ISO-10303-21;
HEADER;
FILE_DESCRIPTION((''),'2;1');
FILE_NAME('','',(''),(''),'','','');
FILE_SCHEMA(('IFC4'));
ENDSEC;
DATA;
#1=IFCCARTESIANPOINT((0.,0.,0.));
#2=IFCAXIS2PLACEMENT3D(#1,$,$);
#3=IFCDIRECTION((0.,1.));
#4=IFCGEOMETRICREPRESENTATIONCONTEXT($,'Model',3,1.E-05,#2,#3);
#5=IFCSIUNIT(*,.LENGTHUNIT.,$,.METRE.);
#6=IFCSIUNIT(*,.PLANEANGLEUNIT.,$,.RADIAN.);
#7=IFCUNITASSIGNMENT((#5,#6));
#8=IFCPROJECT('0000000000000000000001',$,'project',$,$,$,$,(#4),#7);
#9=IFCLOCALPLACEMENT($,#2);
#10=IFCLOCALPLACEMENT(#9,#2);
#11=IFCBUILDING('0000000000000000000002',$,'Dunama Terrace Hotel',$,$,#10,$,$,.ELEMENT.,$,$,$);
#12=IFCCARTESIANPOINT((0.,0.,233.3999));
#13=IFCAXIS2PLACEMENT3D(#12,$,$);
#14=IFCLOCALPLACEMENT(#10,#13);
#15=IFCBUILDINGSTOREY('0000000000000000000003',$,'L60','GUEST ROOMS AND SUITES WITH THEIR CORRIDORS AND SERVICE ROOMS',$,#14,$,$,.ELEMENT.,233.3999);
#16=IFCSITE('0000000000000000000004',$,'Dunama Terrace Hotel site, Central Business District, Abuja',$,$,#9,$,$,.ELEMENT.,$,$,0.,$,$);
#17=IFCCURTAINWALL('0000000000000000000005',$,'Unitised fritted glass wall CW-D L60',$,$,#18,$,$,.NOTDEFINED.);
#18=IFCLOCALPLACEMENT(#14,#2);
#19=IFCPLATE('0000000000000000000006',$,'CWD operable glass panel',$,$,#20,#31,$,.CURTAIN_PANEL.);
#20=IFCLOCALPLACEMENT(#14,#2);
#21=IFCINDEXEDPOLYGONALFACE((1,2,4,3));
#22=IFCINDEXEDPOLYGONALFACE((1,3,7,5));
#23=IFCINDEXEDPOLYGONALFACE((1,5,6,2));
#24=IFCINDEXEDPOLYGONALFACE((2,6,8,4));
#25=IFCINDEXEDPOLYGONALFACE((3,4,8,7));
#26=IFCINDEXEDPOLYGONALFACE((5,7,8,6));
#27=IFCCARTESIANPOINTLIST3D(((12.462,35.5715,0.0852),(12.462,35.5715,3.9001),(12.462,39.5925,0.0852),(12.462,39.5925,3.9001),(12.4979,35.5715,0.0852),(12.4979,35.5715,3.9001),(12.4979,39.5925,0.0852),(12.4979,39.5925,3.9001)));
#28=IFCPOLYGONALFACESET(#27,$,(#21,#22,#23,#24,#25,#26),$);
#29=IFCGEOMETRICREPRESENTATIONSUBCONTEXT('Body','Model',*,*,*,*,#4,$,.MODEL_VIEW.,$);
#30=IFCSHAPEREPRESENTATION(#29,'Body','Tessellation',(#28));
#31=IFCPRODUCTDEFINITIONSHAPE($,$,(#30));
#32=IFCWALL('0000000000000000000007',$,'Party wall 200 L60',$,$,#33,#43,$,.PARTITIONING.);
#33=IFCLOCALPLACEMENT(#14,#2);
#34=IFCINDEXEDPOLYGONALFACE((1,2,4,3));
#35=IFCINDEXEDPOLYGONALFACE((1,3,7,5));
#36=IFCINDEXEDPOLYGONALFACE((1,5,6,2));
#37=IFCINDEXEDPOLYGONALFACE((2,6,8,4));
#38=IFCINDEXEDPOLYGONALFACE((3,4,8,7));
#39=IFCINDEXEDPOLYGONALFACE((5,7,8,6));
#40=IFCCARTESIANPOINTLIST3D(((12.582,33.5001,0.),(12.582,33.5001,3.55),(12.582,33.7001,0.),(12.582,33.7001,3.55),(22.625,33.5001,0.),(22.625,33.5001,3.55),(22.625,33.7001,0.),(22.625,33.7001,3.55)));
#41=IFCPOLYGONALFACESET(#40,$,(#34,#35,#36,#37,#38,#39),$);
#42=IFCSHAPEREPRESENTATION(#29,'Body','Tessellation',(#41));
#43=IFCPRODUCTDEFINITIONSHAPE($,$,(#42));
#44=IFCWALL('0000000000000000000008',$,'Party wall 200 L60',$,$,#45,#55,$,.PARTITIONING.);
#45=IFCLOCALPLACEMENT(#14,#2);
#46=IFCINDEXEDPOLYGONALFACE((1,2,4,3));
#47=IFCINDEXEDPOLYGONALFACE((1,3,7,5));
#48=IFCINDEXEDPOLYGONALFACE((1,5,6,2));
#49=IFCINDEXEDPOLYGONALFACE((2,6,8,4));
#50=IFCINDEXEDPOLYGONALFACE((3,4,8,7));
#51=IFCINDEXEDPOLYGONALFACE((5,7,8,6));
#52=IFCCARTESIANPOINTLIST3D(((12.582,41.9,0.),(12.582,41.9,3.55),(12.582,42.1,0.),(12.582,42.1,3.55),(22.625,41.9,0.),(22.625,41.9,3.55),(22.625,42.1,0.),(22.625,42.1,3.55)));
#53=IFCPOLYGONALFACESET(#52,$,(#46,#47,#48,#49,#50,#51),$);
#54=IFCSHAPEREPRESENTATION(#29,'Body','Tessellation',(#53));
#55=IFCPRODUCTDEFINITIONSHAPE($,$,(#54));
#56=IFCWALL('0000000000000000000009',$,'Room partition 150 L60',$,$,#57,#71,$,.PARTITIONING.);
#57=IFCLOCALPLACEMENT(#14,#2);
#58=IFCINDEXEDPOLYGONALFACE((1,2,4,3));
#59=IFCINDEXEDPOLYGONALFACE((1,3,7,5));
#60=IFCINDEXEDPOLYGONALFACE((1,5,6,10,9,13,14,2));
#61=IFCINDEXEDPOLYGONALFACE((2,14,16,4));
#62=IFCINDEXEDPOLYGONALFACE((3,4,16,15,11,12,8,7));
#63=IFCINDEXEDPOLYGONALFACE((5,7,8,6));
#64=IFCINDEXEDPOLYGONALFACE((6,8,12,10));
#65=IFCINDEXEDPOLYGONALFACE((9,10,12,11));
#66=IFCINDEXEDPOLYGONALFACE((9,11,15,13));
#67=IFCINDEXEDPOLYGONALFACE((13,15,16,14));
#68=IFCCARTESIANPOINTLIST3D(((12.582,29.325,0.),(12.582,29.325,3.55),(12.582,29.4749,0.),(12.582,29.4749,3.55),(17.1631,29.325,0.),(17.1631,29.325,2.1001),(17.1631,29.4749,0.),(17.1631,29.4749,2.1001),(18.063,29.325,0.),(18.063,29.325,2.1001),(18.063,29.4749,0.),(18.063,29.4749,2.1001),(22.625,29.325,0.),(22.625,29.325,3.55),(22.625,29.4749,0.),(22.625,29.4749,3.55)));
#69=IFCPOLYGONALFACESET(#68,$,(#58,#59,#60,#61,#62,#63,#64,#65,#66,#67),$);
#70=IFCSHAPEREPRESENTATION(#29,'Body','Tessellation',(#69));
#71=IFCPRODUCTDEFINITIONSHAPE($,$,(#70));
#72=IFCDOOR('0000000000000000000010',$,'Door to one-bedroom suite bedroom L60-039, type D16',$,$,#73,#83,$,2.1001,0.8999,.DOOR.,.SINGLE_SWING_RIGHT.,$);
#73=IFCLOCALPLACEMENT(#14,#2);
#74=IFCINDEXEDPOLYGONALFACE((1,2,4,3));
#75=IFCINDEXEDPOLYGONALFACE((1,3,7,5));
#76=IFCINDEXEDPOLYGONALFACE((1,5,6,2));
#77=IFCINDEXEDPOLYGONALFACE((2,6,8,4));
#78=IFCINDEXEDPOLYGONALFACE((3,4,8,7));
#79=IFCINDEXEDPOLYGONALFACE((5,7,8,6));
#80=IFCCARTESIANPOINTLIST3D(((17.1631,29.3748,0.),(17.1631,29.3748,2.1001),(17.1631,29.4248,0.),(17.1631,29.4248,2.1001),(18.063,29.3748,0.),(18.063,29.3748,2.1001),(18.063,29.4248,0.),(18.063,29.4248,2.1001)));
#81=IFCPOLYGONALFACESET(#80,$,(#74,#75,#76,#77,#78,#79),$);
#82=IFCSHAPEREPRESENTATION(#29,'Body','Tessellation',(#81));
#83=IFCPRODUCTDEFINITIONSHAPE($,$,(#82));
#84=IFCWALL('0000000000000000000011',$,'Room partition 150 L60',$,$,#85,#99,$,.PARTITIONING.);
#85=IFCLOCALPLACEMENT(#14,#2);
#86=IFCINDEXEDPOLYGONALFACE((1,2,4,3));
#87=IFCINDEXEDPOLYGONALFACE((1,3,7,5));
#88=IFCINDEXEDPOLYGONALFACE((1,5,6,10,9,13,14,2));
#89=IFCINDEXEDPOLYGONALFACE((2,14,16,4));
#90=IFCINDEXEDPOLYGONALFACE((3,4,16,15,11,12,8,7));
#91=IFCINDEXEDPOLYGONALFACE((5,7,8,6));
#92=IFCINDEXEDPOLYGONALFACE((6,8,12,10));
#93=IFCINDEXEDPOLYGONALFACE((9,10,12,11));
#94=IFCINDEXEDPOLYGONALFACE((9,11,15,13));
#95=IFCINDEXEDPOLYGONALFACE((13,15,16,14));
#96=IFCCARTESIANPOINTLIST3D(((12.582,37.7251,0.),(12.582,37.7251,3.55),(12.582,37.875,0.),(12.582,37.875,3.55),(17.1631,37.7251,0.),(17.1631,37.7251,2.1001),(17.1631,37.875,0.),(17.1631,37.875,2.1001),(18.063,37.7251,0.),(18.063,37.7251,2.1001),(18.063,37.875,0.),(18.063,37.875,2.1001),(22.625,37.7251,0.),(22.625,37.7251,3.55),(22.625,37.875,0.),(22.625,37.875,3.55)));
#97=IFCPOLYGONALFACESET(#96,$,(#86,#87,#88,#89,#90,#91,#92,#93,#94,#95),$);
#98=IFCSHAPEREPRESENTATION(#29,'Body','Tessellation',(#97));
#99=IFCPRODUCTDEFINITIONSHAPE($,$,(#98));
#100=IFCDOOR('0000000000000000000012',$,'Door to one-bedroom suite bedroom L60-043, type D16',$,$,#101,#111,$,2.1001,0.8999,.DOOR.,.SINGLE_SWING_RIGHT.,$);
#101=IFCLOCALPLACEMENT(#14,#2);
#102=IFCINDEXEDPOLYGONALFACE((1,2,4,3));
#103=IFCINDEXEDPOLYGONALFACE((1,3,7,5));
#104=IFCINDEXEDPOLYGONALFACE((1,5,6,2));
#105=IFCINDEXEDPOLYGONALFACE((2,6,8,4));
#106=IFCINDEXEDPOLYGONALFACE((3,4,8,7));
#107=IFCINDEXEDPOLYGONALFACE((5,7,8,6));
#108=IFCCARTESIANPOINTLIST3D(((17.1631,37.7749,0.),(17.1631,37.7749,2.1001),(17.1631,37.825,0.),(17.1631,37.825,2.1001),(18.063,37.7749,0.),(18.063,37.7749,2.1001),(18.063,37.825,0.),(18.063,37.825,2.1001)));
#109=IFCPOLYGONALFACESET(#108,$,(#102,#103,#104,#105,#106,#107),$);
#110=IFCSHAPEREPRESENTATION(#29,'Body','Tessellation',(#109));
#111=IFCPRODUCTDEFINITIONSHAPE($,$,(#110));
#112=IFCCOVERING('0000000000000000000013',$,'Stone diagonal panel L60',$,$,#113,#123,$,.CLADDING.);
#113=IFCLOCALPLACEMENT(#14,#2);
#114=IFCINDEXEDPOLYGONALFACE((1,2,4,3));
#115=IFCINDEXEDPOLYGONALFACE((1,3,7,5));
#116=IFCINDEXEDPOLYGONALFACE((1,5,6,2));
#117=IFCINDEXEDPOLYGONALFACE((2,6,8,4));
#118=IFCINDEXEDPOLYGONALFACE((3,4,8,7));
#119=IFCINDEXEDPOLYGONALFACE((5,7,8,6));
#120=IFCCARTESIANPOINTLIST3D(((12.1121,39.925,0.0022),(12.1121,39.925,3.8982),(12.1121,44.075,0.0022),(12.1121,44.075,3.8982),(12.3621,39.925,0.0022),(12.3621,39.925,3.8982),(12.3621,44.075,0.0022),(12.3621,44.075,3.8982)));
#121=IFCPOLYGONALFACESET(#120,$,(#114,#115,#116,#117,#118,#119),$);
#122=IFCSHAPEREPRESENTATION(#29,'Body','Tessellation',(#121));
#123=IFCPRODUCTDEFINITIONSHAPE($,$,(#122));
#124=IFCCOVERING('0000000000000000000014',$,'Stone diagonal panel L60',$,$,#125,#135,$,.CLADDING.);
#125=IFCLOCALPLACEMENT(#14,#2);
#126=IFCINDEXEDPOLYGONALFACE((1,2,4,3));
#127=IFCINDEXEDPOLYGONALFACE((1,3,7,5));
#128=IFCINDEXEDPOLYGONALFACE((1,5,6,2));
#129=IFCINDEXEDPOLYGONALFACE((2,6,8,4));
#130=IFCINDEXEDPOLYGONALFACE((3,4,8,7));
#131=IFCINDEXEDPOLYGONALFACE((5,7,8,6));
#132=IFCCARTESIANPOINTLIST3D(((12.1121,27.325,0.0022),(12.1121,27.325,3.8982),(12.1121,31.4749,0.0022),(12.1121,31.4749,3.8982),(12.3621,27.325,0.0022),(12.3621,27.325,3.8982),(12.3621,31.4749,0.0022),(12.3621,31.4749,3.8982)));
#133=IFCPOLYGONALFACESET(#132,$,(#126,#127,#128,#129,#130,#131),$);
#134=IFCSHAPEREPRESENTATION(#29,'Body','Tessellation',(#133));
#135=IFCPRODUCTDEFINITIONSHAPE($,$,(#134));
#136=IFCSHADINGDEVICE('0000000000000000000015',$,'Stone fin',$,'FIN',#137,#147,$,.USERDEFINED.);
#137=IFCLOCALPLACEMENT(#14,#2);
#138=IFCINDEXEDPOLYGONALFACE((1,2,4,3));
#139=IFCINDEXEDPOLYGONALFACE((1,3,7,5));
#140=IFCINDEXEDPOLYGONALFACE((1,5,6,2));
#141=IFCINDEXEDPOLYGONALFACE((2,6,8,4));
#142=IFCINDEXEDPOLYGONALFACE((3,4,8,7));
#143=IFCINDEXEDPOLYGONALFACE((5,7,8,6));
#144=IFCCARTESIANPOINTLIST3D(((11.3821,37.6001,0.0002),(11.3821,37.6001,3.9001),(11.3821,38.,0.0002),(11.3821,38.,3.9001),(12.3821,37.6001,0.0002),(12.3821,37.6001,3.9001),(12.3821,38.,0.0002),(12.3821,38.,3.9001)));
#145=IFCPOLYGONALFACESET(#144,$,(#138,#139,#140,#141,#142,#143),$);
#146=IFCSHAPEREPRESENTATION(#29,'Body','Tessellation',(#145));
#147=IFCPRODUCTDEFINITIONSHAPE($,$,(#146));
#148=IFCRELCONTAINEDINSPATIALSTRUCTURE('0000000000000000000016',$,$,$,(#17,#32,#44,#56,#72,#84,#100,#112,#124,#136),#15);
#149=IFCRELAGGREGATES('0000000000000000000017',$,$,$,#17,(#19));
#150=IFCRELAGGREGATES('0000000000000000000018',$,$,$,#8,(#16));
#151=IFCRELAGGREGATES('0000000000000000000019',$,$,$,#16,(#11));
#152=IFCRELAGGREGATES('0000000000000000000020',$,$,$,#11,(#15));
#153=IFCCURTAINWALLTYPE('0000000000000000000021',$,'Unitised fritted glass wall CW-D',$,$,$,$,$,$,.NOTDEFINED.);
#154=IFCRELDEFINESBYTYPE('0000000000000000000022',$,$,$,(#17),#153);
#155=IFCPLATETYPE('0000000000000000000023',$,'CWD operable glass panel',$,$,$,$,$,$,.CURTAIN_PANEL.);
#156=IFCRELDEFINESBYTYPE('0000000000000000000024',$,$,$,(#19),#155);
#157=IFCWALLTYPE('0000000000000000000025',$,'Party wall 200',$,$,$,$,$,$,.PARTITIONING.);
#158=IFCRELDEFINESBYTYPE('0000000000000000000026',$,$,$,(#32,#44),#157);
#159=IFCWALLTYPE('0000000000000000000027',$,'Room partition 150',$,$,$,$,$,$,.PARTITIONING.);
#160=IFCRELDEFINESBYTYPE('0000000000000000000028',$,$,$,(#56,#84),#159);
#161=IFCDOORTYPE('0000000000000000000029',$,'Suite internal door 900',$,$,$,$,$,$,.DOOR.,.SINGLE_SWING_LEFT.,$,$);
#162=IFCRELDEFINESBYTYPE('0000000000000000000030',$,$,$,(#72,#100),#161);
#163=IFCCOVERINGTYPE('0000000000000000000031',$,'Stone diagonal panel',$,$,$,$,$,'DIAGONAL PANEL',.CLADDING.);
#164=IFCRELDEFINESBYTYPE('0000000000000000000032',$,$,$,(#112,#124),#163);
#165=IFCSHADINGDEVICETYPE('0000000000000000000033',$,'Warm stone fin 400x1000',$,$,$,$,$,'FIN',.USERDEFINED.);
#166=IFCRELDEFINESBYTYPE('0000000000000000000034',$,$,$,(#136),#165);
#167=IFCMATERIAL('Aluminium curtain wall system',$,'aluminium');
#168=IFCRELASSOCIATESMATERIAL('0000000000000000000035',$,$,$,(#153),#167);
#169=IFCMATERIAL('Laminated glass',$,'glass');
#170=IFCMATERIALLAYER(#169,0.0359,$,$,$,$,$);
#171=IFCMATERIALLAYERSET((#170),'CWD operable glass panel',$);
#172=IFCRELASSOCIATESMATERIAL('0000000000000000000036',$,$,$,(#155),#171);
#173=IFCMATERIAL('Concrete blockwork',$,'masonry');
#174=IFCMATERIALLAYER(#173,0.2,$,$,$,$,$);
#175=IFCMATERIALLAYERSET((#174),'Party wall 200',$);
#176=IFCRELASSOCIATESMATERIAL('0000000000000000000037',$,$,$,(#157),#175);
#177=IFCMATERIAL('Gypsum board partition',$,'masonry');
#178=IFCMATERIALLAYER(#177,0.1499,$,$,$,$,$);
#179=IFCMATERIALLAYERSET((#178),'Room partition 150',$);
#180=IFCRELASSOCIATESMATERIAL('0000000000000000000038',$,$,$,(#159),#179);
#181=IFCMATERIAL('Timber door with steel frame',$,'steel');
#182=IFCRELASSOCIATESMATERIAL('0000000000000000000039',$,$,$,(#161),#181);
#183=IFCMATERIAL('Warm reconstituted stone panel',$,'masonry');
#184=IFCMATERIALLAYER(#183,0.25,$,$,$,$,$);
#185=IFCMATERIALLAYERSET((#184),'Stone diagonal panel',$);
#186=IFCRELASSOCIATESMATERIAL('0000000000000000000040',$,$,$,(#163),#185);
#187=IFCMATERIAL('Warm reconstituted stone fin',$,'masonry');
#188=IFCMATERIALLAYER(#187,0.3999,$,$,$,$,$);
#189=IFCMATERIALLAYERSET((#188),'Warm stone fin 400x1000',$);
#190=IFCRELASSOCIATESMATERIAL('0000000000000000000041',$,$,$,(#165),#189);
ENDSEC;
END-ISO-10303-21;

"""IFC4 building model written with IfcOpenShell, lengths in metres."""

from ifc_helpers import new_model, si_unit, direction, frame, frame_2d, origin, origin_2d, place, context, subcontext, project, spatial, rectangle, extrude, material, layer, layer_set, type_object, element, fill, aggregate, save


model = new_model("IFC4")

# Units and contexts
model_context = context("Model", 3, precision=1e-05, world=origin(), true_north=direction((0.0, 1.0)))
body_context = subcontext(model_context, "Body", "Model", "MODEL_VIEW")
ifc_project = project(units=[si_unit("LENGTHUNIT", "METRE"), si_unit("PLANEANGLEUNIT", "RADIAN")], contexts=[model_context])

# Site, building, storey
site_placement = place(None, origin())
site = spatial("IfcSite", under=ifc_project, at=site_placement, Name="Dunama Terrace Hotel site, Central Business District, Abuja", CompositionType="ELEMENT", RefElevation=0.0)
building_placement = place(site_placement, origin())
building = spatial("IfcBuilding", under=site, at=building_placement, Name="Dunama Terrace Hotel", CompositionType="ELEMENT")
storey_placement = place(building_placement, frame((0.0, 0.0, 233.3999)))
storey = spatial("IfcBuildingStorey", under=building, at=storey_placement, Name="L60", Description="GUEST ROOMS AND SUITES WITH THEIR CORRIDORS AND SERVICE ROOMS", CompositionType="ELEMENT", Elevation=233.3999)

# Curtain wall
ifc_material_1 = material(Name="Aluminium curtain wall system", Category="aluminium")
curtain_wall_type = type_object("IfcCurtainWallType", Name="Unitised fritted glass wall CW-D", PredefinedType="NOTDEFINED", material=ifc_material_1)
curtain_wall_placement = place(storey_placement, origin())
curtain_wall = element("IfcCurtainWall", 1, at=curtain_wall_placement, inside=storey, type_object=curtain_wall_type, Name="Unitised fritted glass wall CW-D L60", PredefinedType="NOTDEFINED")

# Plate
ifc_material_2 = material(Name="Laminated glass", Category="glass")
ifc_layer_1 = layer(ifc_material_2, 0.0359)
ifc_layer_set_1 = layer_set([ifc_layer_1], Name="CWD operable glass panel")
plate_type_1 = type_object("IfcPlateType", Name="CWD operable glass panel", PredefinedType="CURTAIN_PANEL", material=ifc_layer_set_1)
plate_1_placement = place(storey_placement, frame((12.48, 37.582, 0.0852), z_axis=(0.0, 0.0, 1.0), x_axis=(0.0, -1.0, 0.0)))
plate_1 = element("IfcPlate", 2, at=plate_1_placement, type_object=plate_type_1, Name="CWD operable glass panel", PredefinedType="CURTAIN_PANEL", context=body_context, shape_type="SweptSolid", body=[
    extrude(rectangle(XDim=4.021, YDim=0.0359, at=origin_2d()), origin(), (0.0, 0.0, 1.0), 3.8149),
])
aggregate(curtain_wall, [plate_1])

# Walls
ifc_material_3 = material(Name="Concrete blockwork", Category="masonry")
ifc_layer_2 = layer(ifc_material_3, 0.2)
ifc_layer_set_2 = layer_set([ifc_layer_2], Name="Party wall 200")
wall_type_1 = type_object("IfcWallType", Name="Party wall 200", PredefinedType="PARTITIONING", material=ifc_layer_set_2)
for number, where, z_axis, x_axis, name in (
    (3, (12.582, 33.6001, 0.0), (0.0, 0.0, 1.0), (1.0, 0.0, 0.0), "Party wall 200 L60"),
    (4, (12.582, 42.0, 0.0), (0.0, 0.0, 1.0), (1.0, 0.0, 0.0), "Party wall 200 L60"),
):
    element("IfcWall", number, at=place(storey_placement, frame(where, z_axis=z_axis, x_axis=x_axis)), inside=storey, type_object=wall_type_1, Name=name, PredefinedType="PARTITIONING", context=body_context, shape_type="SweptSolid", body=[
        extrude(rectangle(XDim=10.043, YDim=0.2, at=frame_2d((5.0215, 0.0))), origin(), (0.0, 0.0, 1.0), 3.55),
    ])

# Walls, openings, doors
ifc_material_4 = material(Name="Gypsum board partition", Category="masonry")
ifc_layer_3 = layer(ifc_material_4, 0.1499)
ifc_layer_set_3 = layer_set([ifc_layer_3], Name="Room partition 150")
wall_type_2 = type_object("IfcWallType", Name="Room partition 150", PredefinedType="PARTITIONING", material=ifc_layer_set_3)
wall_1_placement = place(storey_placement, frame((12.582, 29.3999, 0.0), z_axis=(0.0, 0.0, 1.0), x_axis=(1.0, 0.0, 0.0)))
wall_1 = element("IfcWall", 5, at=wall_1_placement, inside=storey, type_object=wall_type_2, Name="Room partition 150 L60", PredefinedType="PARTITIONING", context=body_context, shape_type="SweptSolid", body=[
    extrude(rectangle(XDim=10.043, YDim=0.1499, at=frame_2d((5.0215, 0.0))), origin(), (0.0, 0.0, 1.0), 3.55),
])
opening_1_placement = place(wall_1_placement, frame((4.5811, 0.0, 0.0)))
opening_1 = element("IfcOpeningElement", 6, at=opening_1_placement, cuts=wall_1, PredefinedType="OPENING", context=body_context, shape_type="SweptSolid", body=[
    extrude(rectangle(XDim=0.8999, YDim=2.1001, at=frame_2d((0.45, 1.05))), frame((0.0, 0.085, 0.0), z_axis=(0.0, -1.0, 0.0), x_axis=(1.0, 0.0, 0.0)), (0.0, 0.0, 1.0), 0.1699),
])
ifc_material_5 = material(Name="Timber door with steel frame", Category="steel")
door_type = type_object("IfcDoorType", Name="Suite internal door 900", OperationType="SINGLE_SWING_LEFT", PredefinedType="DOOR", material=ifc_material_5)
door_1_placement = place(opening_1_placement, origin())
door_1 = element("IfcDoor", 7, at=door_1_placement, inside=storey, type_object=door_type, Name="Door to one-bedroom suite bedroom L60-039, type D16", OperationType="SINGLE_SWING_RIGHT", OverallHeight=2.1001, OverallWidth=0.8999, PredefinedType="DOOR", context=body_context, shape_type="SweptSolid", body=[
    extrude(rectangle(XDim=0.8999, YDim=2.1001, at=frame_2d((0.45, 1.05))), frame((0.0, 0.0249, 0.0), z_axis=(0.0, -1.0, 0.0), x_axis=(1.0, 0.0, 0.0)), (0.0, 0.0, 1.0), 0.05),
])
fill(opening_1, door_1)
wall_2_placement = place(storey_placement, frame((12.582, 37.8, 0.0), z_axis=(0.0, 0.0, 1.0), x_axis=(1.0, 0.0, 0.0)))
wall_2 = element("IfcWall", 8, at=wall_2_placement, inside=storey, type_object=wall_type_2, Name="Room partition 150 L60", PredefinedType="PARTITIONING", context=body_context, shape_type="SweptSolid", body=[
    extrude(rectangle(XDim=10.043, YDim=0.1499, at=frame_2d((5.0215, 0.0))), origin(), (0.0, 0.0, 1.0), 3.55),
])
opening_2_placement = place(wall_2_placement, frame((4.5811, 0.0, 0.0)))
opening_2 = element("IfcOpeningElement", 9, at=opening_2_placement, cuts=wall_2, PredefinedType="OPENING", context=body_context, shape_type="SweptSolid", body=[
    extrude(rectangle(XDim=0.8999, YDim=2.1001, at=frame_2d((0.45, 1.05))), frame((0.0, 0.085, 0.0), z_axis=(0.0, -1.0, 0.0), x_axis=(1.0, 0.0, 0.0)), (0.0, 0.0, 1.0), 0.1699),
])
door_2_placement = place(opening_2_placement, origin())
door_2 = element("IfcDoor", 10, at=door_2_placement, inside=storey, type_object=door_type, Name="Door to one-bedroom suite bedroom L60-043, type D16", OperationType="SINGLE_SWING_RIGHT", OverallHeight=2.1001, OverallWidth=0.8999, PredefinedType="DOOR", context=body_context, shape_type="SweptSolid", body=[
    extrude(rectangle(XDim=0.8999, YDim=2.1001, at=frame_2d((0.45, 1.05))), frame((0.0, 0.0249, 0.0), z_axis=(0.0, -1.0, 0.0), x_axis=(1.0, 0.0, 0.0)), (0.0, 0.0, 1.0), 0.05),
])
fill(opening_2, door_2)

# Coverings
ifc_material_6 = material(Name="Warm reconstituted stone panel", Category="masonry")
ifc_layer_4 = layer(ifc_material_6, 0.25)
ifc_layer_set_4 = layer_set([ifc_layer_4], Name="Stone diagonal panel")
covering_type = type_object("IfcCoveringType", Name="Stone diagonal panel", ElementType="DIAGONAL PANEL", PredefinedType="CLADDING", material=ifc_layer_set_4)
for number, where, z_axis, x_axis, name in (
    (11, (12.2371, 42.0, 0.0022), (0.0, 0.0, 1.0), (0.0, -1.0, 0.0), "Stone diagonal panel L60"),
    (12, (12.2371, 29.3999, 0.0022), (0.0, 0.0, 1.0), (0.0, -1.0, 0.0), "Stone diagonal panel L60"),
):
    element("IfcCovering", number, at=place(storey_placement, frame(where, z_axis=z_axis, x_axis=x_axis)), inside=storey, type_object=covering_type, Name=name, PredefinedType="CLADDING", context=body_context, shape_type="SweptSolid", body=[
        extrude(rectangle(XDim=4.1499, YDim=0.25, at=origin_2d()), origin(), (0.0, 0.0, 1.0), 3.896),
    ])

# Shading device
ifc_material_7 = material(Name="Warm reconstituted stone fin", Category="masonry")
ifc_layer_5 = layer(ifc_material_7, 0.3999)
ifc_layer_set_5 = layer_set([ifc_layer_5], Name="Warm stone fin 400x1000")
shading_device_type = type_object("IfcShadingDeviceType", Name="Warm stone fin 400x1000", ElementType="FIN", PredefinedType="USERDEFINED", material=ifc_layer_set_5)
shading_device_placement = place(storey_placement, frame((11.8821, 37.8, 0.0002), z_axis=(0.0, 0.0, 1.0), x_axis=(0.0, -1.0, 0.0)))
element("IfcShadingDevice", 13, at=shading_device_placement, inside=storey, type_object=shading_device_type, Name="Stone fin", ObjectType="FIN", PredefinedType="USERDEFINED", context=body_context, shape_type="SweptSolid", body=[
    extrude(rectangle(XDim=0.3999, YDim=1.0, at=origin_2d()), origin(), (0.0, 0.0, 1.0), 3.8999),
])

save(model, "model.ifc")
